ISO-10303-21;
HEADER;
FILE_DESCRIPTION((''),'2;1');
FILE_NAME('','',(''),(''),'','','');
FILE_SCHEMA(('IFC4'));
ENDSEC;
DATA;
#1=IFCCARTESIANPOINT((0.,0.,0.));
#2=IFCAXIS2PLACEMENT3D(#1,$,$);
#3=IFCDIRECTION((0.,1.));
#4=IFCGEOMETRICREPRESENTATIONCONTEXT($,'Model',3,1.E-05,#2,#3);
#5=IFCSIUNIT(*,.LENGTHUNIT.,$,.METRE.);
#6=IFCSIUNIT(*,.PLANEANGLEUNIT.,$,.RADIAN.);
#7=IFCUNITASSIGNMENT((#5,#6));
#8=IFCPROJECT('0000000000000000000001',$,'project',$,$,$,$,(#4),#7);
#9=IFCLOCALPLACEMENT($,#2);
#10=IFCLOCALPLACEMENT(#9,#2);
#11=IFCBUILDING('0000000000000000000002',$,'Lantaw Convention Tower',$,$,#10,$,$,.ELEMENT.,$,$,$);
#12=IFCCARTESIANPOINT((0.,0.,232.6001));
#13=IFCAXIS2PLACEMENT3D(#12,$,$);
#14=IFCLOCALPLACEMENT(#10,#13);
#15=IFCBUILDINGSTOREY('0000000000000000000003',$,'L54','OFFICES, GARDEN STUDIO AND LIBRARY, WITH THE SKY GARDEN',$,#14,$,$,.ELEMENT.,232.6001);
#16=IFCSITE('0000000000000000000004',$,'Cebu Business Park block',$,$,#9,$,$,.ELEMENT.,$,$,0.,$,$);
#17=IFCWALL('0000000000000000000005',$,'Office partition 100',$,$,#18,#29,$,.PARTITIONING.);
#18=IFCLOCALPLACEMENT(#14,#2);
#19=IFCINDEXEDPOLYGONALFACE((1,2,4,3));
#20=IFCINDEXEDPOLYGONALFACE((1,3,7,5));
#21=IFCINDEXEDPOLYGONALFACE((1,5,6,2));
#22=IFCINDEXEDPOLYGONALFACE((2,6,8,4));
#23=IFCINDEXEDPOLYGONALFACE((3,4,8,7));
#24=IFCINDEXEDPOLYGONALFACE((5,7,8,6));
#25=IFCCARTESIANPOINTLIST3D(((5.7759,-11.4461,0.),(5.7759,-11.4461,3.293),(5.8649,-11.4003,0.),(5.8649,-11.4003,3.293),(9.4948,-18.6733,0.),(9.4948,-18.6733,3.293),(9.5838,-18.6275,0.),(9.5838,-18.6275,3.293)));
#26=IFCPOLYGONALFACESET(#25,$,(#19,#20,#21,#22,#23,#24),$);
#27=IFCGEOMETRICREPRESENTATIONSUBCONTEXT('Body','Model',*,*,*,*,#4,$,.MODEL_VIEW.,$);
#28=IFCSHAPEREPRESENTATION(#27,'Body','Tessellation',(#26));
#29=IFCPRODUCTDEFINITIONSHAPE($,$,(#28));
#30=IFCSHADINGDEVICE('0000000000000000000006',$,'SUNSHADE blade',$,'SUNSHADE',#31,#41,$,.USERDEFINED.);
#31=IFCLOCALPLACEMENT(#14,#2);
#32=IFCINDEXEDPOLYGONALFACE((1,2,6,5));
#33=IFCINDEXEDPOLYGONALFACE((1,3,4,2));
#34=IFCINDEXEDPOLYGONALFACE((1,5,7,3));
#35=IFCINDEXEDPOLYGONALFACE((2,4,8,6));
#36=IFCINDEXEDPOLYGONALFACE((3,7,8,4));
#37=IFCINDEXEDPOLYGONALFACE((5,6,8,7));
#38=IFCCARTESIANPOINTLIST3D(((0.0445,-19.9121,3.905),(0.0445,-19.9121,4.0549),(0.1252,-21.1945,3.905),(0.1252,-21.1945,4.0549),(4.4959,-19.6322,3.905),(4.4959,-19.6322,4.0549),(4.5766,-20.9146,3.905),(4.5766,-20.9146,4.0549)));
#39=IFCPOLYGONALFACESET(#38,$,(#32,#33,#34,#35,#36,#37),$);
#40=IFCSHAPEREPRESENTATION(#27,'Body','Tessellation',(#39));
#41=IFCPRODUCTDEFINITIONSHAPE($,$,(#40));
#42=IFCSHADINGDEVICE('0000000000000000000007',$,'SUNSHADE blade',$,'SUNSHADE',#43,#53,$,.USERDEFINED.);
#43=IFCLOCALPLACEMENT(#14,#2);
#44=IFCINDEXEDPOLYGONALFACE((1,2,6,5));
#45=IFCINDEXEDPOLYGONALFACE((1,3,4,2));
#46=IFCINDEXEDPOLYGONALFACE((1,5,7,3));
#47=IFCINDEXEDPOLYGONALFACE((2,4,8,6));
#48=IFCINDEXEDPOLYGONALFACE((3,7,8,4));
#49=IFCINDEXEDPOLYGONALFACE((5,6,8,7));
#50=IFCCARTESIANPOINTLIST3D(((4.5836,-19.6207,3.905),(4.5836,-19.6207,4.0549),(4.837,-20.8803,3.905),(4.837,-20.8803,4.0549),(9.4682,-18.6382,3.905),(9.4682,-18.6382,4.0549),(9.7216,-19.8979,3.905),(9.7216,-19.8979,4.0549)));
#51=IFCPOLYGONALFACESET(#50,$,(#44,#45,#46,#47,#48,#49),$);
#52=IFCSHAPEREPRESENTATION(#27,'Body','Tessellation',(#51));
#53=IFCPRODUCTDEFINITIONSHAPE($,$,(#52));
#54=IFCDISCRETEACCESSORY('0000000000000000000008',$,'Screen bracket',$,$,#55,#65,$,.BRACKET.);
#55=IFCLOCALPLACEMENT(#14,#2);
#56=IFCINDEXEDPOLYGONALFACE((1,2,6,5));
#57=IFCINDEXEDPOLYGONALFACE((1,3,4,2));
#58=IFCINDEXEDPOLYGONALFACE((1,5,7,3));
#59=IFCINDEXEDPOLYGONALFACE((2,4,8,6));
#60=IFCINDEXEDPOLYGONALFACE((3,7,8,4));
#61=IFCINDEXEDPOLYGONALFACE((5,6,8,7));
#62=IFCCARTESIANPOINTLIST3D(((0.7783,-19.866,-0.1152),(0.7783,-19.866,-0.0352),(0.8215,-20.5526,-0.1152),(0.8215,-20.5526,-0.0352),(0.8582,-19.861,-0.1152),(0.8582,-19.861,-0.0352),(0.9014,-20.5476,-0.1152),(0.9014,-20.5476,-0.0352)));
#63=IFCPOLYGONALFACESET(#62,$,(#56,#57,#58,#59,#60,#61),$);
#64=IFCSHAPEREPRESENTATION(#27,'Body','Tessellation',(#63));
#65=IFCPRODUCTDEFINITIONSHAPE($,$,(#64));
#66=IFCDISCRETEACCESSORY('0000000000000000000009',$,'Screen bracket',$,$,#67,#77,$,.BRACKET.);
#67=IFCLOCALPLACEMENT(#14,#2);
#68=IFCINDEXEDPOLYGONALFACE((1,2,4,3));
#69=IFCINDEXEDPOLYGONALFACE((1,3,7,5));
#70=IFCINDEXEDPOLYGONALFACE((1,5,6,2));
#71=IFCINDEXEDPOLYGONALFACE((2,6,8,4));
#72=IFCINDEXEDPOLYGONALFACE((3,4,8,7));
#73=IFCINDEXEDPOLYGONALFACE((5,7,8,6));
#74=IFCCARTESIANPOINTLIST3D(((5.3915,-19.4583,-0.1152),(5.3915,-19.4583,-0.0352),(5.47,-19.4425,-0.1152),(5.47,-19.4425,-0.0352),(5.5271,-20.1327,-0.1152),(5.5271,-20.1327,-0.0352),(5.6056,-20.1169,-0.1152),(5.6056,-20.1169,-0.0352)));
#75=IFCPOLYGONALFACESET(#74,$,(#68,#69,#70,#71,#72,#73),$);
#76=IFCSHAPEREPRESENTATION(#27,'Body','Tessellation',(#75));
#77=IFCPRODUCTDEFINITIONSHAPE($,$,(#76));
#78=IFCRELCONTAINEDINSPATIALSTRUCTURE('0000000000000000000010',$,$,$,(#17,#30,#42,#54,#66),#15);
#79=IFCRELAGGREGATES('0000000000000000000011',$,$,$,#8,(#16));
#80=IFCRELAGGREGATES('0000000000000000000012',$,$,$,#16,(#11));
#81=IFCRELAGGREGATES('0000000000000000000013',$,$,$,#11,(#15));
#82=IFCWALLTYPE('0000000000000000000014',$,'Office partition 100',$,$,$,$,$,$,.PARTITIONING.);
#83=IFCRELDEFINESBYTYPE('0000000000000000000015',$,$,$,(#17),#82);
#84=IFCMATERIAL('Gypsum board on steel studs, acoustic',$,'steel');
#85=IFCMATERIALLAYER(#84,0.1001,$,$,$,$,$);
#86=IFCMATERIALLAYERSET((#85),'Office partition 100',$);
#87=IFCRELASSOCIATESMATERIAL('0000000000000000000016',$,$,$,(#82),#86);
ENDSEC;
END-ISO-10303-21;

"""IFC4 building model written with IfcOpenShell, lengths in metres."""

from ifc_helpers import new_model, si_unit, direction, frame, frame_2d, origin, origin_2d, place, context, subcontext, project, spatial, rectangle, extrude, material, layer, layer_set, type_object, element, save


model = new_model("IFC4")

# Units and contexts
model_context = context("Model", 3, precision=1e-05, world=origin(), true_north=direction((0.0, 1.0)))
body_context = subcontext(model_context, "Body", "Model", "MODEL_VIEW")
ifc_project = project(units=[si_unit("LENGTHUNIT", "METRE"), si_unit("PLANEANGLEUNIT", "RADIAN")], contexts=[model_context])

# Site, building, storey
site_placement = place(None, origin())
site = spatial("IfcSite", under=ifc_project, at=site_placement, Name="Cebu Business Park block", CompositionType="ELEMENT", RefElevation=0.0)
building_placement = place(site_placement, origin())
building = spatial("IfcBuilding", under=site, at=building_placement, Name="Lantaw Convention Tower", CompositionType="ELEMENT")
storey_placement = place(building_placement, frame((0.0, 0.0, 232.6001)))
storey = spatial("IfcBuildingStorey", under=building, at=storey_placement, Name="L54", Description="OFFICES, GARDEN STUDIO AND LIBRARY, WITH THE SKY GARDEN", CompositionType="ELEMENT", Elevation=232.6001)

# Wall
ifc_material_1 = material(Name="Gypsum board on steel studs, acoustic", Category="steel")
ifc_layer_1 = layer(ifc_material_1, 0.1001)
ifc_layer_set_1 = layer_set([ifc_layer_1], Name="Office partition 100")
wall_type = type_object("IfcWallType", Name="Office partition 100", PredefinedType="PARTITIONING", material=ifc_layer_set_1)
wall_1_placement = place(storey_placement, frame((9.5393, -18.6504, 0.0), z_axis=(0.0, 0.0, 1.0), x_axis=(-0.457552, 0.889183, 0.0)))
element("IfcWall", 1, at=wall_1_placement, inside=storey, type_object=wall_type, Name="Office partition 100", PredefinedType="PARTITIONING", context=body_context, shape_type="SweptSolid", body=[
    extrude(rectangle(XDim=8.1279, YDim=0.1001, at=frame_2d((4.064, 0.0))), origin(), (0.0, 0.0, 1.0), 3.293),
])

# Shading devices
shading_device_1_placement = place(storey_placement, frame((2.3105, -20.4133, 3.905), z_axis=(0.0, 0.0, 1.0), x_axis=(0.998029, 0.062758, 0.0)))
element("IfcShadingDevice", 2, at=shading_device_1_placement, inside=storey, Name="SUNSHADE blade", ObjectType="SUNSHADE", PredefinedType="USERDEFINED", context=body_context, shape_type="SweptSolid", body=[
    extrude(rectangle(XDim=4.4602, YDim=1.2849, at=origin_2d()), origin(), (0.0, 0.0, 1.0), 0.1499),
])
shading_device_2_placement = place(storey_placement, frame((7.1526, -19.7593, 3.905), z_axis=(0.0, 0.0, 1.0), x_axis=(0.980367, 0.197183, 0.0)))
element("IfcShadingDevice", 3, at=shading_device_2_placement, inside=storey, Name="SUNSHADE blade", ObjectType="SUNSHADE", PredefinedType="USERDEFINED", context=body_context, shape_type="SweptSolid", body=[
    extrude(rectangle(XDim=4.9824, YDim=1.2849, at=origin_2d()), origin(), (0.0, 0.0, 1.0), 0.1499),
])

# Discrete accessories
for number, where, z_axis, x_axis, name in (
    (4, (0.8398, -20.2068, -0.1152), (0.0, 0.0, 1.0), (0.998029, 0.062758, 0.0), "Screen bracket"),
    (5, (5.4985, -19.7876, -0.1152), (0.0, 0.0, 1.0), (0.980367, 0.197183, 0.0), "Screen bracket"),
):
    element("IfcDiscreteAccessory", number, at=place(storey_placement, frame(where, z_axis=z_axis, x_axis=x_axis)), inside=storey, Name=name, PredefinedType="BRACKET", context=body_context, shape_type="SweptSolid", body=[
        extrude(rectangle(XDim=0.0801, YDim=0.688, at=origin_2d()), origin(), (0.0, 0.0, 1.0), 0.0801),
    ])

save(model, "model.ifc")
